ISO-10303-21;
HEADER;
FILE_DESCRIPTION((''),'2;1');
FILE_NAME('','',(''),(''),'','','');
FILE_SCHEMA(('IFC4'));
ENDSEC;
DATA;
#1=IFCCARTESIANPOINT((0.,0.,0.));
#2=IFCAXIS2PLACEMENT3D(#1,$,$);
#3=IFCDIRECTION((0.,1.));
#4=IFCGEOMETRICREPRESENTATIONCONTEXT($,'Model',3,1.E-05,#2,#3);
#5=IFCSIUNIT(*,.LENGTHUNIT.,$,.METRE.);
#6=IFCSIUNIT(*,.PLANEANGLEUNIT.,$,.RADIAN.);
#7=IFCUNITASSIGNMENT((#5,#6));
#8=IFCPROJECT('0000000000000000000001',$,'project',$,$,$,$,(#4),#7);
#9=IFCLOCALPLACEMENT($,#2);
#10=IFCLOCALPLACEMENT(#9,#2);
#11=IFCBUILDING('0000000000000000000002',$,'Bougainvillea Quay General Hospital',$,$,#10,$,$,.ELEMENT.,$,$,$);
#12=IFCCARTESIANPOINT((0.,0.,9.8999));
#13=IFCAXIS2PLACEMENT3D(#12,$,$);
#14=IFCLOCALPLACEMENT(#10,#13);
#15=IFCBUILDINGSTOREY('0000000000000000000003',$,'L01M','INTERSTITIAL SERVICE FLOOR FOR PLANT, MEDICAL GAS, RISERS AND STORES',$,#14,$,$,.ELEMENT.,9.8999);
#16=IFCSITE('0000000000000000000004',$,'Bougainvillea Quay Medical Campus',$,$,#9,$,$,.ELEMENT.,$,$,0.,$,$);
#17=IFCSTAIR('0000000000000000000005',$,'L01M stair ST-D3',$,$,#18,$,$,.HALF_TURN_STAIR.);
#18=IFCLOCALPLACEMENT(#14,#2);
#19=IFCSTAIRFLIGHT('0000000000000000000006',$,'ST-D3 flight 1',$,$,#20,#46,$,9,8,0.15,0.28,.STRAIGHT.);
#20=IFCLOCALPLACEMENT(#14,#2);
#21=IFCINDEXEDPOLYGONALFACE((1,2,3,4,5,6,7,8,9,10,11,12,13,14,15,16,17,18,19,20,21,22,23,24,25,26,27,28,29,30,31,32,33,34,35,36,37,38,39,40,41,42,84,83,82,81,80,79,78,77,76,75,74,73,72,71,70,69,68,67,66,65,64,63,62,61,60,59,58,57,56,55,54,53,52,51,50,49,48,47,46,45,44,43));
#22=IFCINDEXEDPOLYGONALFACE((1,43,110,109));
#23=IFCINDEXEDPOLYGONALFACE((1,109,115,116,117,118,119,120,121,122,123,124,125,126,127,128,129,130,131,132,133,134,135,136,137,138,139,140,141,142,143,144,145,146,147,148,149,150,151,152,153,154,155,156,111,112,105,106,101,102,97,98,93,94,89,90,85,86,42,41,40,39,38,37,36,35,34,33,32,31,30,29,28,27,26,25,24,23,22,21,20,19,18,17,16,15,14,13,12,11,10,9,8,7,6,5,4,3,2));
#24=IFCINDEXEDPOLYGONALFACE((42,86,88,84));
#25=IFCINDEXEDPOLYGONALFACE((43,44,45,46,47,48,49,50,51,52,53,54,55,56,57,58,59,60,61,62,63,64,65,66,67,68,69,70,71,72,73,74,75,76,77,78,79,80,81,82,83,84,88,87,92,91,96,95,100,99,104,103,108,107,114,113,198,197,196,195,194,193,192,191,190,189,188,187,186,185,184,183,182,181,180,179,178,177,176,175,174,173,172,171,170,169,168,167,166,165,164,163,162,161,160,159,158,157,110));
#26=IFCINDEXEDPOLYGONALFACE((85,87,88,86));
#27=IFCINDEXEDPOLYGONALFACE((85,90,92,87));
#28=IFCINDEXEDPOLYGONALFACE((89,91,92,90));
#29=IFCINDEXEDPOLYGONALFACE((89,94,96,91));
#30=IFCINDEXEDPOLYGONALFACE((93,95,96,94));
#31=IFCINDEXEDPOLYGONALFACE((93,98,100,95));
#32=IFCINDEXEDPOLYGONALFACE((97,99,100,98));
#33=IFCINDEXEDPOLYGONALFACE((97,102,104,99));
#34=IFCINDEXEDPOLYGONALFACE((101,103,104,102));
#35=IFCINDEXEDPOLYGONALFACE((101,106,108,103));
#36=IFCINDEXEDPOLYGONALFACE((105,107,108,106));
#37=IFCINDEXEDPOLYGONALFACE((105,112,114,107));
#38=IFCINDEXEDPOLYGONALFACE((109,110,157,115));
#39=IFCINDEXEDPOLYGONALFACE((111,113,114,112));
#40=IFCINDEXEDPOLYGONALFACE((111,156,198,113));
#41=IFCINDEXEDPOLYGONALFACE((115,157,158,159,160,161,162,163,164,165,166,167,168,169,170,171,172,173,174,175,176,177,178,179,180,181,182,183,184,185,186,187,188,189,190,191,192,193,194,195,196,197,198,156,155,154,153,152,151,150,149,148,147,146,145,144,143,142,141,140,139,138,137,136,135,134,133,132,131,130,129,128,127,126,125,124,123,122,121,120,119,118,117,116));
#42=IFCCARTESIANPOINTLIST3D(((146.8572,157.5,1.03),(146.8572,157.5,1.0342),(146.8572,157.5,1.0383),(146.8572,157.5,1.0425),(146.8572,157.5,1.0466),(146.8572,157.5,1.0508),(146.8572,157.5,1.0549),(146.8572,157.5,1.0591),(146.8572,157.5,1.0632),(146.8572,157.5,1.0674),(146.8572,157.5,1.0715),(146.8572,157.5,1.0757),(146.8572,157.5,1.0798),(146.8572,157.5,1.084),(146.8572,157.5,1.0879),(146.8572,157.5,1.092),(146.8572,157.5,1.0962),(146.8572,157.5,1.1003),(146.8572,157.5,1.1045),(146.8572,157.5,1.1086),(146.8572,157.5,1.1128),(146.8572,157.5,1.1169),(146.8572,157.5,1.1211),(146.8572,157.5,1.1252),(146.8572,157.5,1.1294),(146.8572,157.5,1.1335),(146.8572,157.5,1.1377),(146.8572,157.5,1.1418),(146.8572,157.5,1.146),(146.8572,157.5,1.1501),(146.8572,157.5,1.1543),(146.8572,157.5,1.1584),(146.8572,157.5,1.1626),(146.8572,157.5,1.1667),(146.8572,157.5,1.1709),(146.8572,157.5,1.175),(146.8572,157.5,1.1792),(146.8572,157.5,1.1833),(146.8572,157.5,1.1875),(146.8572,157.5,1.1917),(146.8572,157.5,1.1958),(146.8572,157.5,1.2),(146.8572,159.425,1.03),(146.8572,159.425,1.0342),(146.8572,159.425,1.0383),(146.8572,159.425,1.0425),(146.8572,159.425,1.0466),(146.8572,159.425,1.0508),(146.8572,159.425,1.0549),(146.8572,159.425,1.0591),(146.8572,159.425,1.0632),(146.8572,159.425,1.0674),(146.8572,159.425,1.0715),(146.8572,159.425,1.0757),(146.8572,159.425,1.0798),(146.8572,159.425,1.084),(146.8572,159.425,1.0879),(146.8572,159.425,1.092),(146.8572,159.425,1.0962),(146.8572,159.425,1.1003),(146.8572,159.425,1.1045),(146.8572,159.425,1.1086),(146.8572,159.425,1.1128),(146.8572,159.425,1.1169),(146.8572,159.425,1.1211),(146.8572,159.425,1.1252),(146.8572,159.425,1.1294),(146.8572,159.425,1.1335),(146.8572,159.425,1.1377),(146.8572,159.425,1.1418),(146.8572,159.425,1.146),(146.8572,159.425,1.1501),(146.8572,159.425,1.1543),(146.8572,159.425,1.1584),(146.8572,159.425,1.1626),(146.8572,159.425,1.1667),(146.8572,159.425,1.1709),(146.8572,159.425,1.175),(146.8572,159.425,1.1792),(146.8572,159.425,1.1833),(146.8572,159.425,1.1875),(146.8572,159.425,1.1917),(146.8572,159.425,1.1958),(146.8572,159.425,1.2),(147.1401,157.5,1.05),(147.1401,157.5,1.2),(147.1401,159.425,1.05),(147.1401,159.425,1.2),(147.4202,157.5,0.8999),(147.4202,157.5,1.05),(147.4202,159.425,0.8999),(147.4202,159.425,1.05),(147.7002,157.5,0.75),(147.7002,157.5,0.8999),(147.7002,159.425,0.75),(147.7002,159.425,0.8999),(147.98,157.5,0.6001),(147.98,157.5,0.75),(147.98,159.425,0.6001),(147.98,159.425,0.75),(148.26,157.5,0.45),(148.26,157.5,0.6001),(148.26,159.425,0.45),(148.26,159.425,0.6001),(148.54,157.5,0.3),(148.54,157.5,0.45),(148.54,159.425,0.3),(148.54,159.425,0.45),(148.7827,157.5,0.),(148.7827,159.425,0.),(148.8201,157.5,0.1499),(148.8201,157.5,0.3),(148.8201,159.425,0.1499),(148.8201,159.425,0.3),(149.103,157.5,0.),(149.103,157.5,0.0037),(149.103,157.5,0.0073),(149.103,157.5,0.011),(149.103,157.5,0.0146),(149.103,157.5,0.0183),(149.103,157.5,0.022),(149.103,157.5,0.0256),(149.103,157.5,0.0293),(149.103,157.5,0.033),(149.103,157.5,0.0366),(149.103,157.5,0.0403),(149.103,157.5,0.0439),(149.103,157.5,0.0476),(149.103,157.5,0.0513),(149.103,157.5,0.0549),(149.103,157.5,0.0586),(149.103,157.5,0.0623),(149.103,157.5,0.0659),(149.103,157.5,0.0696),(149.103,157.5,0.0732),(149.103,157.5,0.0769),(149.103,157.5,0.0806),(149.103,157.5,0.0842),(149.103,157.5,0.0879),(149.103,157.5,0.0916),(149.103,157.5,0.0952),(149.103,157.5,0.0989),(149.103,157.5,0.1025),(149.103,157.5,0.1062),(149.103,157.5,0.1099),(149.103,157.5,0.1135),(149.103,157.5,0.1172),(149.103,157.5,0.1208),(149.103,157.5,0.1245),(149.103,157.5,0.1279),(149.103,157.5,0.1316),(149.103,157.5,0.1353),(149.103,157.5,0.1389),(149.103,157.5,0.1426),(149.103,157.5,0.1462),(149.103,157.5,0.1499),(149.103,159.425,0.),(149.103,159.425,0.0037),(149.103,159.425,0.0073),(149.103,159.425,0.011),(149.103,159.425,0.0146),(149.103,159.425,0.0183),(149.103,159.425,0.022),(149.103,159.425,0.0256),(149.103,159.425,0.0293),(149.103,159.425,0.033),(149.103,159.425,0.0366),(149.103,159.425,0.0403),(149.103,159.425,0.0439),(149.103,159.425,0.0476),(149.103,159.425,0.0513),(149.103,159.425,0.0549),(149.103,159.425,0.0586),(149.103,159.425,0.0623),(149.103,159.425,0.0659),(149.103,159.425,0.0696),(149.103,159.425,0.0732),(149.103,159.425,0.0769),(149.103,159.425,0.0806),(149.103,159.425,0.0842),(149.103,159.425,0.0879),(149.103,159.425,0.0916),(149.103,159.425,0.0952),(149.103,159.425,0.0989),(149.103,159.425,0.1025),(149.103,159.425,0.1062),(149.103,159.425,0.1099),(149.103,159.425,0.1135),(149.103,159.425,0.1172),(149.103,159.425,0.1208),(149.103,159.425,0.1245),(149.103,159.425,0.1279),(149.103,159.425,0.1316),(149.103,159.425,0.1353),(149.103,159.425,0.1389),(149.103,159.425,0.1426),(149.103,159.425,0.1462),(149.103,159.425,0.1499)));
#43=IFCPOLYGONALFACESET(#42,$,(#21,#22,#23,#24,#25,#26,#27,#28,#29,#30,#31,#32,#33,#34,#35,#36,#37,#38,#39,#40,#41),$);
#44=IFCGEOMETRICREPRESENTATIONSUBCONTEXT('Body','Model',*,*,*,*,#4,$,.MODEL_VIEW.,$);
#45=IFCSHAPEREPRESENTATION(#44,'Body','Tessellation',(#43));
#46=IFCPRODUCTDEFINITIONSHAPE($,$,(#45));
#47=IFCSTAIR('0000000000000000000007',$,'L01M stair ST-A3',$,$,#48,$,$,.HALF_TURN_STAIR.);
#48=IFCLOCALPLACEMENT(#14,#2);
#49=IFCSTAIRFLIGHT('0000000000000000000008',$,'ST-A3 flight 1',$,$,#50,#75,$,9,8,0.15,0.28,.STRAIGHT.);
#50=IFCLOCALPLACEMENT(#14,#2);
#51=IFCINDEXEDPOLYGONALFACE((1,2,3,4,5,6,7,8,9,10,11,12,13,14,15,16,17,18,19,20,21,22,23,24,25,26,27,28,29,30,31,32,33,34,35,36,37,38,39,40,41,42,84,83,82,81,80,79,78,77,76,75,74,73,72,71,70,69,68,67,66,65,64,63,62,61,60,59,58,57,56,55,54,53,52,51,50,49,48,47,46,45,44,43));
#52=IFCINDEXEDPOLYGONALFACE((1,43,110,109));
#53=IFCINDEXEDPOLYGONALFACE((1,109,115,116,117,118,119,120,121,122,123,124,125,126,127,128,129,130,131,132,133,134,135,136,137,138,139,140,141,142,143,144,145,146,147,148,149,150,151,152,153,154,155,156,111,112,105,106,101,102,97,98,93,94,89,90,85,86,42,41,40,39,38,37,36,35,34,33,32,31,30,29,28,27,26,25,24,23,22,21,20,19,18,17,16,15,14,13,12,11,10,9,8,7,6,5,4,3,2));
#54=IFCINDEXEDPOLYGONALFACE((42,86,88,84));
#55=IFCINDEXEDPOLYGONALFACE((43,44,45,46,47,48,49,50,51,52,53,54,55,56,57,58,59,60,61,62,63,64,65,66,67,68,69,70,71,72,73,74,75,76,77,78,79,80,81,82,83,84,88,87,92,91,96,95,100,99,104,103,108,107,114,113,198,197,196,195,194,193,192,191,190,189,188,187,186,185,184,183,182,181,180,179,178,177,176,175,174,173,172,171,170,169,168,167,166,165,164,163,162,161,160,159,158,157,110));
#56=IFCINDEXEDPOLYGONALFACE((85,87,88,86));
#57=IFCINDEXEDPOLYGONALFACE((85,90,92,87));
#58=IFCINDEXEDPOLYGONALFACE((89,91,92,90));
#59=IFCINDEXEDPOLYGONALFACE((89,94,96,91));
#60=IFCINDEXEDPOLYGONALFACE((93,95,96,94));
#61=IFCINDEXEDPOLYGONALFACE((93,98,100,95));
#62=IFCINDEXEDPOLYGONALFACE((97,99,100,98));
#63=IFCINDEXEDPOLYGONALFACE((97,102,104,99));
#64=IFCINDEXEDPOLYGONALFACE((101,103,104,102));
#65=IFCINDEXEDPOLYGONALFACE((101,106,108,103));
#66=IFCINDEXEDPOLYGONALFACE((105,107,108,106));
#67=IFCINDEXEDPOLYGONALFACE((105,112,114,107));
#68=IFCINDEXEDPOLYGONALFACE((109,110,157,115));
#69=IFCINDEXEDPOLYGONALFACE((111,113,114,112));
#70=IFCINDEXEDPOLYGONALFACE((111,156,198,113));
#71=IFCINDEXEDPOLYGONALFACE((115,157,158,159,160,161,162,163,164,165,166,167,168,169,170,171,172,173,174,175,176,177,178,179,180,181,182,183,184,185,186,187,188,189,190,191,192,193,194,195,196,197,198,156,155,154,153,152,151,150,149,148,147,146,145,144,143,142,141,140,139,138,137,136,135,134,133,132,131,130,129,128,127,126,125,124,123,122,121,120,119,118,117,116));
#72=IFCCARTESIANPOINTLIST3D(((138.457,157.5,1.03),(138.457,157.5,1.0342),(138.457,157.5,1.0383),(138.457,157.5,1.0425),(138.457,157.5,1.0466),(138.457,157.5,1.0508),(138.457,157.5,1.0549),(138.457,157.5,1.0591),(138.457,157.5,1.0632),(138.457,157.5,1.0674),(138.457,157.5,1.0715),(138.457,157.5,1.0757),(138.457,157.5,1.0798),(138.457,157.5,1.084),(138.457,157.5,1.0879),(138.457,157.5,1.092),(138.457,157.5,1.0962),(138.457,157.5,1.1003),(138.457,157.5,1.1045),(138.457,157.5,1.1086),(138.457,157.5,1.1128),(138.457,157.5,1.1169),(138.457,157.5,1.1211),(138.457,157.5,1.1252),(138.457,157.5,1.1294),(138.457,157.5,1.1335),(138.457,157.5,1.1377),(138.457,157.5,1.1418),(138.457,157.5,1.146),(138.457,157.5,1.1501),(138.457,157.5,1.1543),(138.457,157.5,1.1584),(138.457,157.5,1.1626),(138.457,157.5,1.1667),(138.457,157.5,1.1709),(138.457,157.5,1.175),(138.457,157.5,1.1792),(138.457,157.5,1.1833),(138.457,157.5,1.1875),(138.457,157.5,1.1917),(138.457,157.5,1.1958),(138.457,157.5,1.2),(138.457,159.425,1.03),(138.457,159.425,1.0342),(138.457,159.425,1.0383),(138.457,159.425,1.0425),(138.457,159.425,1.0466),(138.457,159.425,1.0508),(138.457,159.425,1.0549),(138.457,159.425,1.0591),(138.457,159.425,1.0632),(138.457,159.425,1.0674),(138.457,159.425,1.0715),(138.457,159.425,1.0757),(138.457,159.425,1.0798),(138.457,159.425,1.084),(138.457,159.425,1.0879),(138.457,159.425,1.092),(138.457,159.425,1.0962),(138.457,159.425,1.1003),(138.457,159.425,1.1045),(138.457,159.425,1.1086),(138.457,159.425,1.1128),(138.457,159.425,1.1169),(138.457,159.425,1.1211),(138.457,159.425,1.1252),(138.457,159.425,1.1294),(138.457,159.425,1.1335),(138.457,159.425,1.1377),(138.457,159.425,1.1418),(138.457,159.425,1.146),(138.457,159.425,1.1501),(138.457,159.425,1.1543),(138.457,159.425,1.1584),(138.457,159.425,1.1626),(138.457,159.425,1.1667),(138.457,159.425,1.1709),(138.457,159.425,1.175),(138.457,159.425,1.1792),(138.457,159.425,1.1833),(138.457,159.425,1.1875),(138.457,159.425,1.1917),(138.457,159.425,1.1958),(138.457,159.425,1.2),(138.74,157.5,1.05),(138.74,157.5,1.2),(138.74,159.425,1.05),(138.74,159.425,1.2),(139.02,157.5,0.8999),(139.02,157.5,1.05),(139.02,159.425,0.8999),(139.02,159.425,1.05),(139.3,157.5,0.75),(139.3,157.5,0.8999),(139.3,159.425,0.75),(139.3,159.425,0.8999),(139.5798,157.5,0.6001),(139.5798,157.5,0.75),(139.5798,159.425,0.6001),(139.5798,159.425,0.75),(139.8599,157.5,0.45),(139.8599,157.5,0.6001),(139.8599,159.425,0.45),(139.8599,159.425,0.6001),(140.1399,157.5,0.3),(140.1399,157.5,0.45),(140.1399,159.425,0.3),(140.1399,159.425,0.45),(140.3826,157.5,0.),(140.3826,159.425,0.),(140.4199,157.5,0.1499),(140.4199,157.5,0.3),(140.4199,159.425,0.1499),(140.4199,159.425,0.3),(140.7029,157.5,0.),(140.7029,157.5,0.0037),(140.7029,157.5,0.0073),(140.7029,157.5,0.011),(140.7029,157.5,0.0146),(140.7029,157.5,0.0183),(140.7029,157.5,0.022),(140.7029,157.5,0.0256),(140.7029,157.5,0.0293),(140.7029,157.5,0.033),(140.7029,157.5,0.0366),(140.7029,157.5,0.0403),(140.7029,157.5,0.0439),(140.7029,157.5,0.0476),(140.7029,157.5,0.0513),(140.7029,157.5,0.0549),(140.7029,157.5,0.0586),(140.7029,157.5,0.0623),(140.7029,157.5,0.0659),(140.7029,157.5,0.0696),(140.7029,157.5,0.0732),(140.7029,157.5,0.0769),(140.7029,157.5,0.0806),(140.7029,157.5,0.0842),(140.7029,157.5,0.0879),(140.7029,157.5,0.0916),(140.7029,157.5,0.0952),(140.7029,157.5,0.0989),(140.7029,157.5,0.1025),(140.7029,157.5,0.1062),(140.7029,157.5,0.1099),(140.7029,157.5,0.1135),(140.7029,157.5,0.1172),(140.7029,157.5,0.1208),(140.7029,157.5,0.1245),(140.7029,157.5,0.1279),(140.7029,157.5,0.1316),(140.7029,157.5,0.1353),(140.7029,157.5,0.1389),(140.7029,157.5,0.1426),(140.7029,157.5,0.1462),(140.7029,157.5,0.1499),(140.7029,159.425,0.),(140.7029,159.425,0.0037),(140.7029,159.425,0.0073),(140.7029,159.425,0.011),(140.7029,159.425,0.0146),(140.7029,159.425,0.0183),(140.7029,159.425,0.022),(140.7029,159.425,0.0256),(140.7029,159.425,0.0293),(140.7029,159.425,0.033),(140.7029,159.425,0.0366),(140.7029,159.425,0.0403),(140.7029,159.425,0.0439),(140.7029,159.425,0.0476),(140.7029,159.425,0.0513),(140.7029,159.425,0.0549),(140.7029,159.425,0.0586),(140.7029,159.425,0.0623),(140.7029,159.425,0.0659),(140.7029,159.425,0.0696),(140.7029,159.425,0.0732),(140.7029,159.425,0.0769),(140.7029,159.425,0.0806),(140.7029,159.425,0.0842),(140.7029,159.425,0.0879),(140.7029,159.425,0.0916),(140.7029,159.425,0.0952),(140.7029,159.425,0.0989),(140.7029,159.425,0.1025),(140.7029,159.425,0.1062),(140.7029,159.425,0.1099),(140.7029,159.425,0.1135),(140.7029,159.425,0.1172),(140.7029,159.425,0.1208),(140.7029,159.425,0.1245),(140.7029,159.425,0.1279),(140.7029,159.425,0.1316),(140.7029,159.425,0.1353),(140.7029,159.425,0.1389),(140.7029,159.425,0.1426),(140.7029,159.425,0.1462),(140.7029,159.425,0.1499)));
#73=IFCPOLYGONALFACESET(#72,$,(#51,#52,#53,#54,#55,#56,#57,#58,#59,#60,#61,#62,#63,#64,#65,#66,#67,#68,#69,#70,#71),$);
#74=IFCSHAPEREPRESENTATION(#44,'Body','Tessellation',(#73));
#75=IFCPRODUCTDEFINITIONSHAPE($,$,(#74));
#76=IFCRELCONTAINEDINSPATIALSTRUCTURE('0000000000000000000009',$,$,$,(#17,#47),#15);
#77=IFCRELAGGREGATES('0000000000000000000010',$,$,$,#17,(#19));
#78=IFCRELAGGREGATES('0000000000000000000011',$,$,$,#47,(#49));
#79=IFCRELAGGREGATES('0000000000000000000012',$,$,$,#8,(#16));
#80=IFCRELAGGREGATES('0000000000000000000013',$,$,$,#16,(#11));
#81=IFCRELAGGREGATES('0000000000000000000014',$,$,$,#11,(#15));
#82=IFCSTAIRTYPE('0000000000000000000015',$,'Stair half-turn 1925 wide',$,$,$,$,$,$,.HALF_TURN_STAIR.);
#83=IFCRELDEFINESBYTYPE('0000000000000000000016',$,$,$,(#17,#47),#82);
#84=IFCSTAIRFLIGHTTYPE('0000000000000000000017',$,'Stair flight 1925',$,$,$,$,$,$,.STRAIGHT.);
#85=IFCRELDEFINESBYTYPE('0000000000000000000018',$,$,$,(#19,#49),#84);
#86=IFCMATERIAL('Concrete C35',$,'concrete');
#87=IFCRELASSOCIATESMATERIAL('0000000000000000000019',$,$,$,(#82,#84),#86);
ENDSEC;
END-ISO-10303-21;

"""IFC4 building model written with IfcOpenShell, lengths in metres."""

from ifc_helpers import new_model, si_unit, direction, frame, origin, place, context, subcontext, project, spatial, polyline, outline, extrude, material, type_object, element, aggregate, save


model = new_model("IFC4")

# Units and contexts
model_context = context("Model", 3, precision=1e-05, world=origin(), true_north=direction((0.0, 1.0)))
body_context = subcontext(model_context, "Body", "Model", "MODEL_VIEW")
ifc_project = project(units=[si_unit("LENGTHUNIT", "METRE"), si_unit("PLANEANGLEUNIT", "RADIAN")], contexts=[model_context])

# Site, building, storey
site_placement = place(None, origin())
site = spatial("IfcSite", under=ifc_project, at=site_placement, Name="Bougainvillea Quay Medical Campus", CompositionType="ELEMENT", RefElevation=0.0)
building_placement = place(site_placement, origin())
building = spatial("IfcBuilding", under=site, at=building_placement, Name="Bougainvillea Quay General Hospital", CompositionType="ELEMENT")
storey_placement = place(building_placement, frame((0.0, 0.0, 9.8999)))
storey = spatial("IfcBuildingStorey", under=building, at=storey_placement, Name="L01M", Description="INTERSTITIAL SERVICE FLOOR FOR PLANT, MEDICAL GAS, RISERS AND STORES", CompositionType="ELEMENT", Elevation=9.8999)

# Stairs, stair flights
ifc_material_1 = material(Name="Concrete C35", Category="concrete")
stair_type = type_object("IfcStairType", Name="Stair half-turn 1925 wide", PredefinedType="HALF_TURN_STAIR", material=ifc_material_1)
stair_1_placement = place(storey_placement, origin())
stair_1 = element("IfcStair", 1, at=stair_1_placement, inside=storey, type_object=stair_type, Name="L01M stair ST-D3", PredefinedType="HALF_TURN_STAIR")
stair_flight_type = type_object("IfcStairFlightType", Name="Stair flight 1925", PredefinedType="STRAIGHT", material=ifc_material_1)
stair_flight_1_placement = place(storey_placement, frame((149.1001, 158.4624, 0.0), z_axis=(0.0, 0.0, 1.0), x_axis=(-1.0, 0.0, 0.0)))
stair_flight_1 = element("IfcStairFlight", 2, at=stair_flight_1_placement, type_object=stair_flight_type, Name="ST-D3 flight 1", NumberOfRisers=9, NumberOfTreads=8, PredefinedType="STRAIGHT", RiserHeight=0.15, TreadLength=0.28, context=body_context, shape_type="SweptSolid", body=[
    extrude(outline(polyline([(-0.0029, 0.0), (-0.0029, 0.0037), (-0.0029, 0.0073), (-0.0029, 0.011), (-0.0029, 0.0146), (-0.0029, 0.0183), (-0.0029, 0.022), (-0.0029, 0.0256), (-0.0029, 0.0293), (-0.0029, 0.033), (-0.0029, 0.0366), (-0.0029, 0.0403), (-0.0029, 0.0439), (-0.0029, 0.0476), (-0.0029, 0.0513), (-0.0029, 0.0549), (-0.0029, 0.0586), (-0.0029, 0.0623), (-0.0029, 0.0659), (-0.0029, 0.0696), (-0.0029, 0.0732), (-0.0029, 0.0769), (-0.0029, 0.0806), (-0.0029, 0.0842), (-0.0029, 0.0879), (-0.0029, 0.0916), (-0.0029, 0.0952), (-0.0029, 0.0989), (-0.0029, 0.1025), (-0.0029, 0.1062), (-0.0029, 0.1099), (-0.0029, 0.1135), (-0.0029, 0.1172), (-0.0029, 0.1208), (-0.0029, 0.1245), (-0.0029, 0.1279), (-0.0029, 0.1316), (-0.0029, 0.1353), (-0.0029, 0.1389), (-0.0029, 0.1426), (-0.0029, 0.1462), (-0.0029, 0.1499), (0.28, 0.1499), (0.28, 0.3), (0.5601, 0.3), (0.5601, 0.45), (0.8401, 0.45), (0.8401, 0.6001), (1.1201, 0.6001), (1.1201, 0.75), (1.3999, 0.75), (1.3999, 0.8999), (1.6799, 0.8999), (1.6799, 1.05), (1.96, 1.05), (1.96, 1.2), (2.2429, 1.2), (2.2429, 1.1958), (2.2429, 1.1917), (2.2429, 1.1875), (2.2429, 1.1833), (2.2429, 1.1792), (2.2429, 1.175), (2.2429, 1.1709), (2.2429, 1.1667), (2.2429, 1.1626), (2.2429, 1.1584), (2.2429, 1.1543), (2.2429, 1.1501), (2.2429, 1.146), (2.2429, 1.1418), (2.2429, 1.1377), (2.2429, 1.1335), (2.2429, 1.1294), (2.2429, 1.1252), (2.2429, 1.1211), (2.2429, 1.1169), (2.2429, 1.1128), (2.2429, 1.1086), (2.2429, 1.1045), (2.2429, 1.1003), (2.2429, 1.0962), (2.2429, 1.092), (2.2429, 1.0879), (2.2429, 1.084), (2.2429, 1.0798), (2.2429, 1.0757), (2.2429, 1.0715), (2.2429, 1.0674), (2.2429, 1.0632), (2.2429, 1.0591), (2.2429, 1.0549), (2.2429, 1.0508), (2.2429, 1.0466), (2.2429, 1.0425), (2.2429, 1.0383), (2.2429, 1.0342), (2.2429, 1.03), (0.3174, 0.0), (-0.0029, 0.0)])), frame((0.0, 0.9624, 0.0), z_axis=(0.0, -1.0, 0.0), x_axis=(1.0, 0.0, 0.0)), (0.0, 0.0, 1.0), 1.925),
])
aggregate(stair_1, [stair_flight_1])
stair_2_placement = place(storey_placement, origin())
stair_2 = element("IfcStair", 3, at=stair_2_placement, inside=storey, type_object=stair_type, Name="L01M stair ST-A3", PredefinedType="HALF_TURN_STAIR")
stair_flight_2_placement = place(storey_placement, frame((140.7, 158.4624, 0.0), z_axis=(0.0, 0.0, 1.0), x_axis=(-1.0, 0.0, 0.0)))
stair_flight_2 = element("IfcStairFlight", 4, at=stair_flight_2_placement, type_object=stair_flight_type, Name="ST-A3 flight 1", NumberOfRisers=9, NumberOfTreads=8, PredefinedType="STRAIGHT", RiserHeight=0.15, TreadLength=0.28, context=body_context, shape_type="SweptSolid", body=[
    extrude(outline(polyline([(-0.0029, 0.0), (-0.0029, 0.0037), (-0.0029, 0.0073), (-0.0029, 0.011), (-0.0029, 0.0146), (-0.0029, 0.0183), (-0.0029, 0.022), (-0.0029, 0.0256), (-0.0029, 0.0293), (-0.0029, 0.033), (-0.0029, 0.0366), (-0.0029, 0.0403), (-0.0029, 0.0439), (-0.0029, 0.0476), (-0.0029, 0.0513), (-0.0029, 0.0549), (-0.0029, 0.0586), (-0.0029, 0.0623), (-0.0029, 0.0659), (-0.0029, 0.0696), (-0.0029, 0.0732), (-0.0029, 0.0769), (-0.0029, 0.0806), (-0.0029, 0.0842), (-0.0029, 0.0879), (-0.0029, 0.0916), (-0.0029, 0.0952), (-0.0029, 0.0989), (-0.0029, 0.1025), (-0.0029, 0.1062), (-0.0029, 0.1099), (-0.0029, 0.1135), (-0.0029, 0.1172), (-0.0029, 0.1208), (-0.0029, 0.1245), (-0.0029, 0.1279), (-0.0029, 0.1316), (-0.0029, 0.1353), (-0.0029, 0.1389), (-0.0029, 0.1426), (-0.0029, 0.1462), (-0.0029, 0.1499), (0.28, 0.1499), (0.28, 0.3), (0.5601, 0.3), (0.5601, 0.45), (0.8401, 0.45), (0.8401, 0.6001), (1.1201, 0.6001), (1.1201, 0.75), (1.3999, 0.75), (1.3999, 0.8999), (1.6799, 0.8999), (1.6799, 1.05), (1.96, 1.05), (1.96, 1.2), (2.2429, 1.2), (2.2429, 1.1958), (2.2429, 1.1917), (2.2429, 1.1875), (2.2429, 1.1833), (2.2429, 1.1792), (2.2429, 1.175), (2.2429, 1.1709), (2.2429, 1.1667), (2.2429, 1.1626), (2.2429, 1.1584), (2.2429, 1.1543), (2.2429, 1.1501), (2.2429, 1.146), (2.2429, 1.1418), (2.2429, 1.1377), (2.2429, 1.1335), (2.2429, 1.1294), (2.2429, 1.1252), (2.2429, 1.1211), (2.2429, 1.1169), (2.2429, 1.1128), (2.2429, 1.1086), (2.2429, 1.1045), (2.2429, 1.1003), (2.2429, 1.0962), (2.2429, 1.092), (2.2429, 1.0879), (2.2429, 1.084), (2.2429, 1.0798), (2.2429, 1.0757), (2.2429, 1.0715), (2.2429, 1.0674), (2.2429, 1.0632), (2.2429, 1.0591), (2.2429, 1.0549), (2.2429, 1.0508), (2.2429, 1.0466), (2.2429, 1.0425), (2.2429, 1.0383), (2.2429, 1.0342), (2.2429, 1.03), (0.3174, 0.0), (-0.0029, 0.0)])), frame((0.0, 0.9624, 0.0), z_axis=(0.0, -1.0, 0.0), x_axis=(1.0, 0.0, 0.0)), (0.0, 0.0, 1.0), 1.925),
])
aggregate(stair_2, [stair_flight_2])

save(model, "model.ifc")
